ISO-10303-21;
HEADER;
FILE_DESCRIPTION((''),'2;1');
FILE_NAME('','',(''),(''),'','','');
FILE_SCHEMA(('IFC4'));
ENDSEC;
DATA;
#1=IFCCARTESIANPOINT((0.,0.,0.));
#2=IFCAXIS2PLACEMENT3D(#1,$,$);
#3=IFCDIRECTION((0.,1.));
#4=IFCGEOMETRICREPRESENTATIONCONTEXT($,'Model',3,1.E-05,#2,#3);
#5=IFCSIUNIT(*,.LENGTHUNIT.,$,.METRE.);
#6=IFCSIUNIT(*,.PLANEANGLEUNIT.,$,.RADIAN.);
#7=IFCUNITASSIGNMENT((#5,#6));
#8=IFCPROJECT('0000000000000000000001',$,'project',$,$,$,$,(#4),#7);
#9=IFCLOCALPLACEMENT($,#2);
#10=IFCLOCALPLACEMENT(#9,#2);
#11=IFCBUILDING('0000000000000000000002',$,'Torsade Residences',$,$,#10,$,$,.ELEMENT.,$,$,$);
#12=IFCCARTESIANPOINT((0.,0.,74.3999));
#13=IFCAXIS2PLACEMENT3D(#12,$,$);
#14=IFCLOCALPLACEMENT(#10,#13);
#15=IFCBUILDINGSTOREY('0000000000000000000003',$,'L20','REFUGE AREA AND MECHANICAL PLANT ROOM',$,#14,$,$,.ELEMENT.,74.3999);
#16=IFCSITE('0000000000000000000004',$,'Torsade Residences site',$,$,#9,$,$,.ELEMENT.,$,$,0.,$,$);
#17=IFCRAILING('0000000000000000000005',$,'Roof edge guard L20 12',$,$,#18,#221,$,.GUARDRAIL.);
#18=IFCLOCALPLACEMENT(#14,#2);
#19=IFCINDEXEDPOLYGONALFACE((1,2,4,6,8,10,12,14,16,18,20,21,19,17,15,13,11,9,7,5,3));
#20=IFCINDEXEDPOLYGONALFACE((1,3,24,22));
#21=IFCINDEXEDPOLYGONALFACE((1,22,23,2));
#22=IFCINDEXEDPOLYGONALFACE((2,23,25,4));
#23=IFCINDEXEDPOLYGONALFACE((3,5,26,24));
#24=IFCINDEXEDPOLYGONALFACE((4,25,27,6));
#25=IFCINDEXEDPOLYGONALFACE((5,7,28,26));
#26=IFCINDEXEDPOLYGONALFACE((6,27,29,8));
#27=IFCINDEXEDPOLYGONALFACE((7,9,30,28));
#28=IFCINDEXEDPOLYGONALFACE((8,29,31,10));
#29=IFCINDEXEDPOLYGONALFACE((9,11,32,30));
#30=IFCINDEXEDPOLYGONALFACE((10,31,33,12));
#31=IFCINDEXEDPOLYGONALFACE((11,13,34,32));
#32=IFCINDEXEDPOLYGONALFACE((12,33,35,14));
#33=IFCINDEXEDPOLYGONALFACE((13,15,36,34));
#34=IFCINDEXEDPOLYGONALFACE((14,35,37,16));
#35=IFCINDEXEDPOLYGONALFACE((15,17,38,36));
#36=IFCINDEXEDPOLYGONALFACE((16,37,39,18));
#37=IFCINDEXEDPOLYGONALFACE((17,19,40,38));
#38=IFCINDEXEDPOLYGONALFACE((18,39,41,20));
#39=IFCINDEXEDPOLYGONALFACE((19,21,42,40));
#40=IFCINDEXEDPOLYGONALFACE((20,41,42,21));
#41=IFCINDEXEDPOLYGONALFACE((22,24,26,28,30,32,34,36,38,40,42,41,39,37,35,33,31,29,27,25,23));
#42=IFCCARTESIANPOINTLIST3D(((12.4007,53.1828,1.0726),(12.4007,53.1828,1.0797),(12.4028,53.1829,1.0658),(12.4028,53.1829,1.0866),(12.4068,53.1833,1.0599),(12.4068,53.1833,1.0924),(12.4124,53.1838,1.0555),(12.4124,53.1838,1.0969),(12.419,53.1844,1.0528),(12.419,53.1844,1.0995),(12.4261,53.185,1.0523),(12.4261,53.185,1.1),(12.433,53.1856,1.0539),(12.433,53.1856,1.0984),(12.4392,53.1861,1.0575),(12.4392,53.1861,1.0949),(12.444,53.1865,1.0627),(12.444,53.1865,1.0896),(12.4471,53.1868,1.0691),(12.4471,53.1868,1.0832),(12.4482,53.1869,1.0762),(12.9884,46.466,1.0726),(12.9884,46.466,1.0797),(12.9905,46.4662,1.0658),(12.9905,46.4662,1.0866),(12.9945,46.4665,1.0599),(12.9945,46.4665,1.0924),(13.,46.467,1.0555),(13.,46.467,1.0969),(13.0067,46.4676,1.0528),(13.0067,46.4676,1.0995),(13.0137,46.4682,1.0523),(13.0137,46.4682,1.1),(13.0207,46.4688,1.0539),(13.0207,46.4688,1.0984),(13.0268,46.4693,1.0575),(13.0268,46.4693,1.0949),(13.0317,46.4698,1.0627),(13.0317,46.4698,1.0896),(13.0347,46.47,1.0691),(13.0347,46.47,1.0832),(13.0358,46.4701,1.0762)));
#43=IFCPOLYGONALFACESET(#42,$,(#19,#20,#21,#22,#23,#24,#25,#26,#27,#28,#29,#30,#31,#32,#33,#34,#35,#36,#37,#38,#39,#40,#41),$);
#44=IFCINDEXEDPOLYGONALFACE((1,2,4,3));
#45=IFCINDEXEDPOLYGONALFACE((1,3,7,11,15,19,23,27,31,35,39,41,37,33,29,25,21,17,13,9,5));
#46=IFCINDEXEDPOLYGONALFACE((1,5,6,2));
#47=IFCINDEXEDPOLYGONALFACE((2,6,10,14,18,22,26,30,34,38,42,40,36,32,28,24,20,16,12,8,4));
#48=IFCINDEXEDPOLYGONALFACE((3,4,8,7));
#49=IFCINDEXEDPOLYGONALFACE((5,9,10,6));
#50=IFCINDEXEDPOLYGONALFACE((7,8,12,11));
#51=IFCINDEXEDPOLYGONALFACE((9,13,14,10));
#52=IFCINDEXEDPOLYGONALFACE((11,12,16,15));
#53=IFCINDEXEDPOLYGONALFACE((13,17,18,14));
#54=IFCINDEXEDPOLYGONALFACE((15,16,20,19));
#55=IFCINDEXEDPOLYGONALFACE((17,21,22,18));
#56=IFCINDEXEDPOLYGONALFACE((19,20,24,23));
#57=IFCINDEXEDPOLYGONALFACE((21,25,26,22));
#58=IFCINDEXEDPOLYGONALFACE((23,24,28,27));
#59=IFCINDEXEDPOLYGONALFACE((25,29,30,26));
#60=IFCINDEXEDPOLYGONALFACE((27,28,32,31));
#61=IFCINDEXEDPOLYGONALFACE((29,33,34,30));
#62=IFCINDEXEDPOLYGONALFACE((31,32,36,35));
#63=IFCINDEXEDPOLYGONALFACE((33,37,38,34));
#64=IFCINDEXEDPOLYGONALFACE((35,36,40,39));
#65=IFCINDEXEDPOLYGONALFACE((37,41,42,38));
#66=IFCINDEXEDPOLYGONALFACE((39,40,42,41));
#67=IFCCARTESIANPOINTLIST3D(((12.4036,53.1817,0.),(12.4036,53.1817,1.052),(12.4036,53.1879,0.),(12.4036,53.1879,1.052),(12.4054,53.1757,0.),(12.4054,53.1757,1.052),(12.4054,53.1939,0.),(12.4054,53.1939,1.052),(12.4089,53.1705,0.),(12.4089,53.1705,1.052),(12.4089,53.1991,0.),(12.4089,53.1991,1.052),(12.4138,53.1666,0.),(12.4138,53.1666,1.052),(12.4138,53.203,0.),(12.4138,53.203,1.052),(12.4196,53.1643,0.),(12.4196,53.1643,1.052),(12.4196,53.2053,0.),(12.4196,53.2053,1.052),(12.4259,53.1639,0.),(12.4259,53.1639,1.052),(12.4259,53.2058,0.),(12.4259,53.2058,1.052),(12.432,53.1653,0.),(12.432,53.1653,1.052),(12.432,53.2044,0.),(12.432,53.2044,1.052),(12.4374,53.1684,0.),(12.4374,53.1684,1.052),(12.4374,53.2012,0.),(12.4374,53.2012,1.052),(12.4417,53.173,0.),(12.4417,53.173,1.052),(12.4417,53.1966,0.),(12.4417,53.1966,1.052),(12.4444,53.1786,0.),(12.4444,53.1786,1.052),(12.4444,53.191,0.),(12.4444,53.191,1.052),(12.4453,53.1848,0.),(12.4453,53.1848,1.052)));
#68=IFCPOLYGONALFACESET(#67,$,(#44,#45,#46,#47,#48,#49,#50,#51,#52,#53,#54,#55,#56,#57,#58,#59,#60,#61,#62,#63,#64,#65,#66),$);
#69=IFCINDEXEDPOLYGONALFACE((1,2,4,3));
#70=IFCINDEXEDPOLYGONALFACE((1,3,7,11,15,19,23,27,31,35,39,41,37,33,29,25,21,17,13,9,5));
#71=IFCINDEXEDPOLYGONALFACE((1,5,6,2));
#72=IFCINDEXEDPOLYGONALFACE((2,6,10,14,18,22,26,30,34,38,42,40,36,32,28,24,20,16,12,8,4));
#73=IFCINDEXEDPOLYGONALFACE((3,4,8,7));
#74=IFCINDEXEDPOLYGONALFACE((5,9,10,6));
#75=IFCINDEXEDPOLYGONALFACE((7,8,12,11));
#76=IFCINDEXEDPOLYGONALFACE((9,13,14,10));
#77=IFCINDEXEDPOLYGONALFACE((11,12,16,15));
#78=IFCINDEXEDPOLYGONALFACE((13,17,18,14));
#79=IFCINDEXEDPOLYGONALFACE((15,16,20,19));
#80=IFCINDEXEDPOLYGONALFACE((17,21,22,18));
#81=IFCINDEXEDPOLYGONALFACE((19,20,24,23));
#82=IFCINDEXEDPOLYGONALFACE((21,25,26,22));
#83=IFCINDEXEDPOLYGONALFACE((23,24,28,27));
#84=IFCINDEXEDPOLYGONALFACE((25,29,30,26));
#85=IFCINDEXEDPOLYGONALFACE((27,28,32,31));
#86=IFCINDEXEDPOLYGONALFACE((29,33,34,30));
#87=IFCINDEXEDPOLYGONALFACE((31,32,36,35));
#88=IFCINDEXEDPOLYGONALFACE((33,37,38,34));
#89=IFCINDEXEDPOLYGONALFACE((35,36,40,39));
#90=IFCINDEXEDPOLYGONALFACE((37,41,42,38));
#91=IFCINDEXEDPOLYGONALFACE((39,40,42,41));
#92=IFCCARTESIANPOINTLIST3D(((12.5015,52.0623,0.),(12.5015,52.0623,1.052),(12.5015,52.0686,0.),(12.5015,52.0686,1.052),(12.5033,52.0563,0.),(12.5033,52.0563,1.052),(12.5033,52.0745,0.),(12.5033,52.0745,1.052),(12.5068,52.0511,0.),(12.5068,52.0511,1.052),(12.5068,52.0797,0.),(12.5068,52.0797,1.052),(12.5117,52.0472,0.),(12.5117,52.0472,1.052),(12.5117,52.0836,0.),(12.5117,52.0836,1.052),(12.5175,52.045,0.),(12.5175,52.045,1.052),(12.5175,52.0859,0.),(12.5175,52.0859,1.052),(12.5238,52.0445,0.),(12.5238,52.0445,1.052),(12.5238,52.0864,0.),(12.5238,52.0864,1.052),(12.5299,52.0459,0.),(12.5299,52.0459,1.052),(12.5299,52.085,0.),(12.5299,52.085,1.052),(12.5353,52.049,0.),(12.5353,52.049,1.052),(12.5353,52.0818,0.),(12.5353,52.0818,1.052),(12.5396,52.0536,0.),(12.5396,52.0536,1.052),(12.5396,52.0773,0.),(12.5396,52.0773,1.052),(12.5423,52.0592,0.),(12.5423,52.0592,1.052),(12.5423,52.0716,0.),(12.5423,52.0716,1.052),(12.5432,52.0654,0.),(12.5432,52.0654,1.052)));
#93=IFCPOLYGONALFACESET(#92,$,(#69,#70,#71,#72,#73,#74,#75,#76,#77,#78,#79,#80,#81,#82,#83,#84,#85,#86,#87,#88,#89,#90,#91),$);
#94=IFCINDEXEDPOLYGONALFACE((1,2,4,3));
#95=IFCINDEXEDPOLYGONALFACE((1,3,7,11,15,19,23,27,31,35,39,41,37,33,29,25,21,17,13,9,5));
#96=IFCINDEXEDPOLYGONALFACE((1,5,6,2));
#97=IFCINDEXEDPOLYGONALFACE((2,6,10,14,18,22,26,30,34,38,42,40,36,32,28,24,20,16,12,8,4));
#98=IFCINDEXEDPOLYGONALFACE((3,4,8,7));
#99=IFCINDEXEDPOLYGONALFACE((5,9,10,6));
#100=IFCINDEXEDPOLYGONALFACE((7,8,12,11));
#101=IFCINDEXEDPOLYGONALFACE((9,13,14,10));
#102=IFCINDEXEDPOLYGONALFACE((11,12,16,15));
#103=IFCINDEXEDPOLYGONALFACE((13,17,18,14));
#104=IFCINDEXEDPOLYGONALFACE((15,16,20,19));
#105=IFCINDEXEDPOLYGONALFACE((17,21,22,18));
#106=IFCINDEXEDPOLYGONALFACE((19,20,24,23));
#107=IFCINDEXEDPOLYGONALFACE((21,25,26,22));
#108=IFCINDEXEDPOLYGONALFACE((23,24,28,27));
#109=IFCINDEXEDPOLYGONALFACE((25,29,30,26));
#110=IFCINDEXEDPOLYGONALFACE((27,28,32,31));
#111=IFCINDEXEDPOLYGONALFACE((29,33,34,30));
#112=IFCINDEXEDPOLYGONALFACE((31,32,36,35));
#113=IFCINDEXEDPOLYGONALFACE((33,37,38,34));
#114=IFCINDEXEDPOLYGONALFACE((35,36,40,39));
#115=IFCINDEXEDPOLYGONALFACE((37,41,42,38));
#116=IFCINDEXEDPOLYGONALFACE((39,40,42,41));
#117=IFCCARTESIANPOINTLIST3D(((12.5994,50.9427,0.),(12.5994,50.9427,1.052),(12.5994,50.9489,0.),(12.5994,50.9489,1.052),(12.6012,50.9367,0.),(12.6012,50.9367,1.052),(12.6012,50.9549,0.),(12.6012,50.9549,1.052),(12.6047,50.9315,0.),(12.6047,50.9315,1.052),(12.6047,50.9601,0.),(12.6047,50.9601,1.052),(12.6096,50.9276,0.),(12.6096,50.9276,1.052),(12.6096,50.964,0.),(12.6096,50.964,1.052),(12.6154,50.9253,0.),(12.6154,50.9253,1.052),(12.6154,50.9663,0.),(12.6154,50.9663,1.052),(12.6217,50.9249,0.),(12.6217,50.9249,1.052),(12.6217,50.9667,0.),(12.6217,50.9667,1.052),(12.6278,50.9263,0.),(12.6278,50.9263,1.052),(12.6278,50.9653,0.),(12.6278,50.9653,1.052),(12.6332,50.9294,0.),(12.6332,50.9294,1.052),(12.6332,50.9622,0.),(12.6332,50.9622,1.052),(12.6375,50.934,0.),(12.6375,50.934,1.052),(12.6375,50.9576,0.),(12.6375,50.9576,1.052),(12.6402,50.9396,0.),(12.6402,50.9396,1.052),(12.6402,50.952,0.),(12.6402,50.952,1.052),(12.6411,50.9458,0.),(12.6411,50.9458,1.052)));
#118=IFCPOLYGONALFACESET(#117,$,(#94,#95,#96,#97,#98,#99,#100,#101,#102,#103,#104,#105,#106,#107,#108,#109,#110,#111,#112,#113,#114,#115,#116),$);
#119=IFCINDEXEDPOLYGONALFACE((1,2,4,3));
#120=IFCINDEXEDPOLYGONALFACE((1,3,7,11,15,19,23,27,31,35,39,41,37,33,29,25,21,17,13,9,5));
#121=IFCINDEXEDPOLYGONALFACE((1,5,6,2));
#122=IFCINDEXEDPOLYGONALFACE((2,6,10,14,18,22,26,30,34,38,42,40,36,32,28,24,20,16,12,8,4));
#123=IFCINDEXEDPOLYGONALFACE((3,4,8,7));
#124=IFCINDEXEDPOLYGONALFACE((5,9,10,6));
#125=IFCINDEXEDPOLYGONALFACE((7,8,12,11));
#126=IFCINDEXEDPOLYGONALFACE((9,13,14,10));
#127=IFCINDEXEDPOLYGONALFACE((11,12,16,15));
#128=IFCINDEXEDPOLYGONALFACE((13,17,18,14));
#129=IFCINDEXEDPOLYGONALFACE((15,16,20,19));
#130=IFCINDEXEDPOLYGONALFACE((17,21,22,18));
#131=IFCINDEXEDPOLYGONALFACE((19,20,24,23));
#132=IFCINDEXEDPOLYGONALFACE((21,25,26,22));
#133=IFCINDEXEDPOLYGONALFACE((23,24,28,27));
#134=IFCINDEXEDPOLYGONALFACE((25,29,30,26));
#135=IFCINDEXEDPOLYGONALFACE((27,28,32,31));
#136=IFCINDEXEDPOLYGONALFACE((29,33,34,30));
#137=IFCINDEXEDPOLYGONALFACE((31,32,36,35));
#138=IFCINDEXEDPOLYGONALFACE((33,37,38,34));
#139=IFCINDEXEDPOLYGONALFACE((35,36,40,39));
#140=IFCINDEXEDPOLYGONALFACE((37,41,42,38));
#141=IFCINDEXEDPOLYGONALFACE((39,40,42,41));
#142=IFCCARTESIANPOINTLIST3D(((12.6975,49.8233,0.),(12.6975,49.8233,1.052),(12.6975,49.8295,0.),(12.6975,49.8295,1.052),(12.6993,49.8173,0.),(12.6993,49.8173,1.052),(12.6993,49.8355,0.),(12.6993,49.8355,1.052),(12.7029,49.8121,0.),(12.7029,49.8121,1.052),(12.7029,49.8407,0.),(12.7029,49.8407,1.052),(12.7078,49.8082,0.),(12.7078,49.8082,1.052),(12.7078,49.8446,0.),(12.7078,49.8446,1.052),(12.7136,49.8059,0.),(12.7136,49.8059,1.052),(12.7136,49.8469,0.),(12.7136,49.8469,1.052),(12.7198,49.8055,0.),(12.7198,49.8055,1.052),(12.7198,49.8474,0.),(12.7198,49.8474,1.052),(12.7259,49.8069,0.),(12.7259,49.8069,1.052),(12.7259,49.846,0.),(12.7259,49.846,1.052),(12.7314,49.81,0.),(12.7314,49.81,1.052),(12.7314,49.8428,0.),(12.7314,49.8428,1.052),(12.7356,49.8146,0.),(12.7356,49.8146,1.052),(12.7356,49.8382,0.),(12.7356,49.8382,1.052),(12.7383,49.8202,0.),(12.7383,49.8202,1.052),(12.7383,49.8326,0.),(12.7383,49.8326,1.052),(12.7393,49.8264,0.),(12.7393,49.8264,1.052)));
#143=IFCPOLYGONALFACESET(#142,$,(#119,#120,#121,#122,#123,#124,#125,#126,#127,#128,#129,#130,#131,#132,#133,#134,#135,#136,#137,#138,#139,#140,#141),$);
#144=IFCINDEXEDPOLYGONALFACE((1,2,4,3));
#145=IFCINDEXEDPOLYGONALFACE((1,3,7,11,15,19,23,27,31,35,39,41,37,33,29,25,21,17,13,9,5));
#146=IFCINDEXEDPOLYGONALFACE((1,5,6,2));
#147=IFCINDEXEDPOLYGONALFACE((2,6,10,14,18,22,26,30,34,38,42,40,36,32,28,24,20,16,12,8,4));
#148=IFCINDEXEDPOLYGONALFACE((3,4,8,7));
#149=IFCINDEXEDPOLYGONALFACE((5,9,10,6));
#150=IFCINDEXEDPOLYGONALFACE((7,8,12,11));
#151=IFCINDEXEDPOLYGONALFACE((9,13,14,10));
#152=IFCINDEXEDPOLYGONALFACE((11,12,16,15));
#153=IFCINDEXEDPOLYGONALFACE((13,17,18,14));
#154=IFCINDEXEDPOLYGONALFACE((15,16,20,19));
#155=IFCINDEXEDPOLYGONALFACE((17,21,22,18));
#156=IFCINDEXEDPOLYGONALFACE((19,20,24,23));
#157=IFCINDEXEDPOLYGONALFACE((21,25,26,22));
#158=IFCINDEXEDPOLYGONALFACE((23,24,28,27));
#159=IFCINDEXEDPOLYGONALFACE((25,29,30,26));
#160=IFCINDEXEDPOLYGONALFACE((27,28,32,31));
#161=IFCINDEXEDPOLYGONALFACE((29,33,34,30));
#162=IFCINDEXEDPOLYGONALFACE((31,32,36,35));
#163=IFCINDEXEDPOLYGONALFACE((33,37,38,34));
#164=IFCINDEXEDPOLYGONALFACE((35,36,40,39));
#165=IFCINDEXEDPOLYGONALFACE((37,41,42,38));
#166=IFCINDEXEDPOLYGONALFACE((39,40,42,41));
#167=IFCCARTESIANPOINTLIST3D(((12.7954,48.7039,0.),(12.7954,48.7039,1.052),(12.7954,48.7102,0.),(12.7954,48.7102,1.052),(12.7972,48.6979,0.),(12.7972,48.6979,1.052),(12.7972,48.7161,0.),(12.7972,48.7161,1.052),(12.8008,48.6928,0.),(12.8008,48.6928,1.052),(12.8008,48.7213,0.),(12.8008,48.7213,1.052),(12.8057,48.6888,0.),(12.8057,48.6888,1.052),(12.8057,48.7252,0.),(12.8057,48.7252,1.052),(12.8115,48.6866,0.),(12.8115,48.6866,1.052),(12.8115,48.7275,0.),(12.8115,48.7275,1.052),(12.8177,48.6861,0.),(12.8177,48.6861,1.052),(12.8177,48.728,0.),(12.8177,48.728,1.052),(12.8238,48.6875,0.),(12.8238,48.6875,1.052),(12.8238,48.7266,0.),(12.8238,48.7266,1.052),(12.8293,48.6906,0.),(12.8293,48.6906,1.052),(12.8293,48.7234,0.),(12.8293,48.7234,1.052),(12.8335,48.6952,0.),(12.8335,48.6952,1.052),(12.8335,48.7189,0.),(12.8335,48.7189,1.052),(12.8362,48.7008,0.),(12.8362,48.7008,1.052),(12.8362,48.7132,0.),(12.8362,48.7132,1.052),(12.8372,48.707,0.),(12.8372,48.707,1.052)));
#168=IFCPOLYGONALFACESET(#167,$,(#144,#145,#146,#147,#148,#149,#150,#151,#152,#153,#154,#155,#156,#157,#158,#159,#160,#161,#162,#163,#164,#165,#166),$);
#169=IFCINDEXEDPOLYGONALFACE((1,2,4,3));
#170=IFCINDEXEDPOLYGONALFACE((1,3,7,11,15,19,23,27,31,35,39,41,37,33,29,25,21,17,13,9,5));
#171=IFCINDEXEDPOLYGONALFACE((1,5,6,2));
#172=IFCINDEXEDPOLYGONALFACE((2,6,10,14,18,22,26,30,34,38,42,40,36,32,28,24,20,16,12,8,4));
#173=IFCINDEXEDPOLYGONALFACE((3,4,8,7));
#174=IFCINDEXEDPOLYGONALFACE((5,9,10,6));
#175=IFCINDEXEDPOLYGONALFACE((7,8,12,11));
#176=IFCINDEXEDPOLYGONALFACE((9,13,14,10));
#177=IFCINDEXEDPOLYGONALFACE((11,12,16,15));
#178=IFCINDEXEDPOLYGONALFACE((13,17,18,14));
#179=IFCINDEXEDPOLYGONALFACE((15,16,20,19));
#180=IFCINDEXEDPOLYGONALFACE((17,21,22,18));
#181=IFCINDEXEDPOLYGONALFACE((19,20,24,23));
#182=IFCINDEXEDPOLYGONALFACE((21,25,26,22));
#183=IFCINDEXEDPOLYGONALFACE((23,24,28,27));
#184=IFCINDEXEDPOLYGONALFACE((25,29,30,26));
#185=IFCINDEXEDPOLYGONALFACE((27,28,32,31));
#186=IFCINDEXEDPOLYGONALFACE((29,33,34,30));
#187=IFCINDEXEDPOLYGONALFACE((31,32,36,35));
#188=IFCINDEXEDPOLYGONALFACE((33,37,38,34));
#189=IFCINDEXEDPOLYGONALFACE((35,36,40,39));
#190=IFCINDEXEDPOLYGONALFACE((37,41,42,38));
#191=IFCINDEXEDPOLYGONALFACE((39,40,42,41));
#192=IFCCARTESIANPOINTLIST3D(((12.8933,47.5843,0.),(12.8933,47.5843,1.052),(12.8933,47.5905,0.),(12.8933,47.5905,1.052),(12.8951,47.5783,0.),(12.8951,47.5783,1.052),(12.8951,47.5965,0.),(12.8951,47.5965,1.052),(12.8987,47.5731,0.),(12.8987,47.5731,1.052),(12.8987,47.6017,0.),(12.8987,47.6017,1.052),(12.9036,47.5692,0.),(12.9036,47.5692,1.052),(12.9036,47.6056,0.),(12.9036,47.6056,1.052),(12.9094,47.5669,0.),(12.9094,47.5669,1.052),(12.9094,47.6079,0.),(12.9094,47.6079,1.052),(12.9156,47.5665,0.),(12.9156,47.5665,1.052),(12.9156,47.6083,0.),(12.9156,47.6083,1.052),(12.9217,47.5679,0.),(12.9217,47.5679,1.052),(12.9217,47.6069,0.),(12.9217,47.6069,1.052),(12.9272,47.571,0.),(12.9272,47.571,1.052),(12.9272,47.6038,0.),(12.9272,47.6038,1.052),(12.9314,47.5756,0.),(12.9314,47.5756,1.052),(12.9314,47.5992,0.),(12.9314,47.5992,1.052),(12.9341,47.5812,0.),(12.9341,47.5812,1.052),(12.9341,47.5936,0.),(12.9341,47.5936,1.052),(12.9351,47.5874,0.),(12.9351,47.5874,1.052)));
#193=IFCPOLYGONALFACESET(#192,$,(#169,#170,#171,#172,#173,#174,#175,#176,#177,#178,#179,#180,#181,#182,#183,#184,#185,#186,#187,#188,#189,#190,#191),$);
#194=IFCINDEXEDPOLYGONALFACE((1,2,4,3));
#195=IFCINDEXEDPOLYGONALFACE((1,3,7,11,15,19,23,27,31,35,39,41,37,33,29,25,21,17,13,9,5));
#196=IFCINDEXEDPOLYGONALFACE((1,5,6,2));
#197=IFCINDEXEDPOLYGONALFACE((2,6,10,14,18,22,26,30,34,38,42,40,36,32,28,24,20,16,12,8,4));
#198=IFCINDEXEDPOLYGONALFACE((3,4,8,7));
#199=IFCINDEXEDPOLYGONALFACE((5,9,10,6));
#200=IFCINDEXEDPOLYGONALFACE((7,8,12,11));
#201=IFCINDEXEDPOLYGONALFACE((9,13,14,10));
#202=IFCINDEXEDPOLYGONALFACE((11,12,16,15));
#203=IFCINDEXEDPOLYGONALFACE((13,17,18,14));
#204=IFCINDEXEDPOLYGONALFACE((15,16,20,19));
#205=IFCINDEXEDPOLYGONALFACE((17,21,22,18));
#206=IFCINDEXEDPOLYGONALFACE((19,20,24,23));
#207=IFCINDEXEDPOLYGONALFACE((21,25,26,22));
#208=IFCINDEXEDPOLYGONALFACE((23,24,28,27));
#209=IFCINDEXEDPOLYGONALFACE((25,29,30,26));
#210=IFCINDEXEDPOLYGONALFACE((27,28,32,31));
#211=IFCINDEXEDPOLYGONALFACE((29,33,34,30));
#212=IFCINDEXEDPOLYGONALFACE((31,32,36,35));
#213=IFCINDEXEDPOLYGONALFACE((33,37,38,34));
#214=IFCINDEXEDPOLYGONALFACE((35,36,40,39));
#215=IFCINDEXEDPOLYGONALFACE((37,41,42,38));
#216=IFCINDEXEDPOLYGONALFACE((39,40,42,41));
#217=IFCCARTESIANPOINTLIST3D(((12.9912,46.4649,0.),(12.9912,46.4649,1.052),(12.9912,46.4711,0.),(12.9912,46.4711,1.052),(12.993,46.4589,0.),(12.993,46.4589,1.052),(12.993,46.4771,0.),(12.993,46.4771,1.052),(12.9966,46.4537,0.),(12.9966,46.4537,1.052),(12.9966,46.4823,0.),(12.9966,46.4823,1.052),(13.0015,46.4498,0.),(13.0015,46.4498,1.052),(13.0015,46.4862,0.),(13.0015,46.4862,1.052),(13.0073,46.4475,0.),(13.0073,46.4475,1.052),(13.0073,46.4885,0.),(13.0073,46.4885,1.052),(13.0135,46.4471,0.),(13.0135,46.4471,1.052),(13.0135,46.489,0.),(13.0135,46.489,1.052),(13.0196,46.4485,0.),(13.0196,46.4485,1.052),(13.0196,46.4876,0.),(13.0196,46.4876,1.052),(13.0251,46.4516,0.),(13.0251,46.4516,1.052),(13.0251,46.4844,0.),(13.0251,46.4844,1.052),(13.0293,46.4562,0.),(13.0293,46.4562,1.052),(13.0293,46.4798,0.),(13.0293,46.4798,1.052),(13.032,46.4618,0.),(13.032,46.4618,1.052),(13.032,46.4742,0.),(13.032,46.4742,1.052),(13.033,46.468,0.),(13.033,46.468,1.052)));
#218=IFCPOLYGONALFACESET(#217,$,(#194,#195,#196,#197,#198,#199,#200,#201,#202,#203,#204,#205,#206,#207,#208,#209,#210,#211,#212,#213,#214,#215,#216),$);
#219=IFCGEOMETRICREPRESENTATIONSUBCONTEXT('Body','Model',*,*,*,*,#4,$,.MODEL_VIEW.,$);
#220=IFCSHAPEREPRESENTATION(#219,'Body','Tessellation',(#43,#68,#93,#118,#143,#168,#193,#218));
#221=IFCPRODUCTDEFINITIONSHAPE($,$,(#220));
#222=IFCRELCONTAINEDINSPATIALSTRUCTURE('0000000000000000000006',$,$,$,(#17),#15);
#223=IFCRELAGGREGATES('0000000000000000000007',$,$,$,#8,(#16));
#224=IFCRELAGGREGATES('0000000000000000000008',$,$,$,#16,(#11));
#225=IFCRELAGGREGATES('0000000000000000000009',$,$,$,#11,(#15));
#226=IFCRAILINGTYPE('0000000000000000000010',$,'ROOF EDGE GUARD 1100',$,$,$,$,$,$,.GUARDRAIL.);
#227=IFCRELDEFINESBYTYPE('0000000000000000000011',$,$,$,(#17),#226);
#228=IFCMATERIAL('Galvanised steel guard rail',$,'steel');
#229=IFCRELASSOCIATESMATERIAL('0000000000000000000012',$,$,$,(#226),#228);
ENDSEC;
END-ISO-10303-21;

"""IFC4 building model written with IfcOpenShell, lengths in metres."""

from ifc_helpers import new_model, si_unit, direction, frame, origin, origin_2d, place, context, subcontext, project, spatial, circle, extrude, material, type_object, element, save


model = new_model("IFC4")

# Units and contexts
model_context = context("Model", 3, precision=1e-05, world=origin(), true_north=direction((0.0, 1.0)))
body_context = subcontext(model_context, "Body", "Model", "MODEL_VIEW")
ifc_project = project(units=[si_unit("LENGTHUNIT", "METRE"), si_unit("PLANEANGLEUNIT", "RADIAN")], contexts=[model_context])

# Site, building, storey
site_placement = place(None, origin())
site = spatial("IfcSite", under=ifc_project, at=site_placement, Name="Torsade Residences site", CompositionType="ELEMENT", RefElevation=0.0)
building_placement = place(site_placement, origin())
building = spatial("IfcBuilding", under=site, at=building_placement, Name="Torsade Residences", CompositionType="ELEMENT")
storey_placement = place(building_placement, frame((0.0, 0.0, 74.3999)))
storey = spatial("IfcBuildingStorey", under=building, at=storey_placement, Name="L20", Description="REFUGE AREA AND MECHANICAL PLANT ROOM", CompositionType="ELEMENT", Elevation=74.3999)

# Railing
ifc_material_1 = material(Name="Galvanised steel guard rail", Category="steel")
railing_type = type_object("IfcRailingType", Name="ROOF EDGE GUARD 1100", PredefinedType="GUARDRAIL", material=ifc_material_1)
railing_1_placement = place(storey_placement, frame((12.4243, 53.1848, 0.0)))
element("IfcRailing", 1, at=railing_1_placement, inside=storey, type_object=railing_type, Name="Roof edge guard L20 12", PredefinedType="GUARDRAIL", context=body_context, shape_type="SweptSolid", body=[
    extrude(circle(Radius=0.0239, at=origin_2d()), frame((0.0, 0.0, 1.0762), z_axis=(0.087156, -0.996195, 0.0), x_axis=(0.996195, 0.087156, 0.0)), (0.0, 0.0, 1.0), 6.7424),
    extrude(circle(Radius=0.021, at=origin_2d()), origin(), (0.0, 0.0, 1.0), 1.052),
    extrude(circle(Radius=0.021, at=origin_2d()), frame((0.0979, -1.1194, 0.0)), (0.0, 0.0, 1.0), 1.052),
    extrude(circle(Radius=0.021, at=origin_2d()), frame((0.1958, -2.239, 0.0)), (0.0, 0.0, 1.0), 1.052),
    extrude(circle(Radius=0.021, at=origin_2d()), frame((0.2939, -3.3584, 0.0)), (0.0, 0.0, 1.0), 1.052),
    extrude(circle(Radius=0.021, at=origin_2d()), frame((0.3918, -4.4778, 0.0)), (0.0, 0.0, 1.0), 1.052),
    extrude(circle(Radius=0.021, at=origin_2d()), frame((0.4897, -5.5974, 0.0)), (0.0, 0.0, 1.0), 1.052),
    extrude(circle(Radius=0.021, at=origin_2d()), frame((0.5876, -6.7168, 0.0)), (0.0, 0.0, 1.0), 1.052),
])

save(model, "model.ifc")
